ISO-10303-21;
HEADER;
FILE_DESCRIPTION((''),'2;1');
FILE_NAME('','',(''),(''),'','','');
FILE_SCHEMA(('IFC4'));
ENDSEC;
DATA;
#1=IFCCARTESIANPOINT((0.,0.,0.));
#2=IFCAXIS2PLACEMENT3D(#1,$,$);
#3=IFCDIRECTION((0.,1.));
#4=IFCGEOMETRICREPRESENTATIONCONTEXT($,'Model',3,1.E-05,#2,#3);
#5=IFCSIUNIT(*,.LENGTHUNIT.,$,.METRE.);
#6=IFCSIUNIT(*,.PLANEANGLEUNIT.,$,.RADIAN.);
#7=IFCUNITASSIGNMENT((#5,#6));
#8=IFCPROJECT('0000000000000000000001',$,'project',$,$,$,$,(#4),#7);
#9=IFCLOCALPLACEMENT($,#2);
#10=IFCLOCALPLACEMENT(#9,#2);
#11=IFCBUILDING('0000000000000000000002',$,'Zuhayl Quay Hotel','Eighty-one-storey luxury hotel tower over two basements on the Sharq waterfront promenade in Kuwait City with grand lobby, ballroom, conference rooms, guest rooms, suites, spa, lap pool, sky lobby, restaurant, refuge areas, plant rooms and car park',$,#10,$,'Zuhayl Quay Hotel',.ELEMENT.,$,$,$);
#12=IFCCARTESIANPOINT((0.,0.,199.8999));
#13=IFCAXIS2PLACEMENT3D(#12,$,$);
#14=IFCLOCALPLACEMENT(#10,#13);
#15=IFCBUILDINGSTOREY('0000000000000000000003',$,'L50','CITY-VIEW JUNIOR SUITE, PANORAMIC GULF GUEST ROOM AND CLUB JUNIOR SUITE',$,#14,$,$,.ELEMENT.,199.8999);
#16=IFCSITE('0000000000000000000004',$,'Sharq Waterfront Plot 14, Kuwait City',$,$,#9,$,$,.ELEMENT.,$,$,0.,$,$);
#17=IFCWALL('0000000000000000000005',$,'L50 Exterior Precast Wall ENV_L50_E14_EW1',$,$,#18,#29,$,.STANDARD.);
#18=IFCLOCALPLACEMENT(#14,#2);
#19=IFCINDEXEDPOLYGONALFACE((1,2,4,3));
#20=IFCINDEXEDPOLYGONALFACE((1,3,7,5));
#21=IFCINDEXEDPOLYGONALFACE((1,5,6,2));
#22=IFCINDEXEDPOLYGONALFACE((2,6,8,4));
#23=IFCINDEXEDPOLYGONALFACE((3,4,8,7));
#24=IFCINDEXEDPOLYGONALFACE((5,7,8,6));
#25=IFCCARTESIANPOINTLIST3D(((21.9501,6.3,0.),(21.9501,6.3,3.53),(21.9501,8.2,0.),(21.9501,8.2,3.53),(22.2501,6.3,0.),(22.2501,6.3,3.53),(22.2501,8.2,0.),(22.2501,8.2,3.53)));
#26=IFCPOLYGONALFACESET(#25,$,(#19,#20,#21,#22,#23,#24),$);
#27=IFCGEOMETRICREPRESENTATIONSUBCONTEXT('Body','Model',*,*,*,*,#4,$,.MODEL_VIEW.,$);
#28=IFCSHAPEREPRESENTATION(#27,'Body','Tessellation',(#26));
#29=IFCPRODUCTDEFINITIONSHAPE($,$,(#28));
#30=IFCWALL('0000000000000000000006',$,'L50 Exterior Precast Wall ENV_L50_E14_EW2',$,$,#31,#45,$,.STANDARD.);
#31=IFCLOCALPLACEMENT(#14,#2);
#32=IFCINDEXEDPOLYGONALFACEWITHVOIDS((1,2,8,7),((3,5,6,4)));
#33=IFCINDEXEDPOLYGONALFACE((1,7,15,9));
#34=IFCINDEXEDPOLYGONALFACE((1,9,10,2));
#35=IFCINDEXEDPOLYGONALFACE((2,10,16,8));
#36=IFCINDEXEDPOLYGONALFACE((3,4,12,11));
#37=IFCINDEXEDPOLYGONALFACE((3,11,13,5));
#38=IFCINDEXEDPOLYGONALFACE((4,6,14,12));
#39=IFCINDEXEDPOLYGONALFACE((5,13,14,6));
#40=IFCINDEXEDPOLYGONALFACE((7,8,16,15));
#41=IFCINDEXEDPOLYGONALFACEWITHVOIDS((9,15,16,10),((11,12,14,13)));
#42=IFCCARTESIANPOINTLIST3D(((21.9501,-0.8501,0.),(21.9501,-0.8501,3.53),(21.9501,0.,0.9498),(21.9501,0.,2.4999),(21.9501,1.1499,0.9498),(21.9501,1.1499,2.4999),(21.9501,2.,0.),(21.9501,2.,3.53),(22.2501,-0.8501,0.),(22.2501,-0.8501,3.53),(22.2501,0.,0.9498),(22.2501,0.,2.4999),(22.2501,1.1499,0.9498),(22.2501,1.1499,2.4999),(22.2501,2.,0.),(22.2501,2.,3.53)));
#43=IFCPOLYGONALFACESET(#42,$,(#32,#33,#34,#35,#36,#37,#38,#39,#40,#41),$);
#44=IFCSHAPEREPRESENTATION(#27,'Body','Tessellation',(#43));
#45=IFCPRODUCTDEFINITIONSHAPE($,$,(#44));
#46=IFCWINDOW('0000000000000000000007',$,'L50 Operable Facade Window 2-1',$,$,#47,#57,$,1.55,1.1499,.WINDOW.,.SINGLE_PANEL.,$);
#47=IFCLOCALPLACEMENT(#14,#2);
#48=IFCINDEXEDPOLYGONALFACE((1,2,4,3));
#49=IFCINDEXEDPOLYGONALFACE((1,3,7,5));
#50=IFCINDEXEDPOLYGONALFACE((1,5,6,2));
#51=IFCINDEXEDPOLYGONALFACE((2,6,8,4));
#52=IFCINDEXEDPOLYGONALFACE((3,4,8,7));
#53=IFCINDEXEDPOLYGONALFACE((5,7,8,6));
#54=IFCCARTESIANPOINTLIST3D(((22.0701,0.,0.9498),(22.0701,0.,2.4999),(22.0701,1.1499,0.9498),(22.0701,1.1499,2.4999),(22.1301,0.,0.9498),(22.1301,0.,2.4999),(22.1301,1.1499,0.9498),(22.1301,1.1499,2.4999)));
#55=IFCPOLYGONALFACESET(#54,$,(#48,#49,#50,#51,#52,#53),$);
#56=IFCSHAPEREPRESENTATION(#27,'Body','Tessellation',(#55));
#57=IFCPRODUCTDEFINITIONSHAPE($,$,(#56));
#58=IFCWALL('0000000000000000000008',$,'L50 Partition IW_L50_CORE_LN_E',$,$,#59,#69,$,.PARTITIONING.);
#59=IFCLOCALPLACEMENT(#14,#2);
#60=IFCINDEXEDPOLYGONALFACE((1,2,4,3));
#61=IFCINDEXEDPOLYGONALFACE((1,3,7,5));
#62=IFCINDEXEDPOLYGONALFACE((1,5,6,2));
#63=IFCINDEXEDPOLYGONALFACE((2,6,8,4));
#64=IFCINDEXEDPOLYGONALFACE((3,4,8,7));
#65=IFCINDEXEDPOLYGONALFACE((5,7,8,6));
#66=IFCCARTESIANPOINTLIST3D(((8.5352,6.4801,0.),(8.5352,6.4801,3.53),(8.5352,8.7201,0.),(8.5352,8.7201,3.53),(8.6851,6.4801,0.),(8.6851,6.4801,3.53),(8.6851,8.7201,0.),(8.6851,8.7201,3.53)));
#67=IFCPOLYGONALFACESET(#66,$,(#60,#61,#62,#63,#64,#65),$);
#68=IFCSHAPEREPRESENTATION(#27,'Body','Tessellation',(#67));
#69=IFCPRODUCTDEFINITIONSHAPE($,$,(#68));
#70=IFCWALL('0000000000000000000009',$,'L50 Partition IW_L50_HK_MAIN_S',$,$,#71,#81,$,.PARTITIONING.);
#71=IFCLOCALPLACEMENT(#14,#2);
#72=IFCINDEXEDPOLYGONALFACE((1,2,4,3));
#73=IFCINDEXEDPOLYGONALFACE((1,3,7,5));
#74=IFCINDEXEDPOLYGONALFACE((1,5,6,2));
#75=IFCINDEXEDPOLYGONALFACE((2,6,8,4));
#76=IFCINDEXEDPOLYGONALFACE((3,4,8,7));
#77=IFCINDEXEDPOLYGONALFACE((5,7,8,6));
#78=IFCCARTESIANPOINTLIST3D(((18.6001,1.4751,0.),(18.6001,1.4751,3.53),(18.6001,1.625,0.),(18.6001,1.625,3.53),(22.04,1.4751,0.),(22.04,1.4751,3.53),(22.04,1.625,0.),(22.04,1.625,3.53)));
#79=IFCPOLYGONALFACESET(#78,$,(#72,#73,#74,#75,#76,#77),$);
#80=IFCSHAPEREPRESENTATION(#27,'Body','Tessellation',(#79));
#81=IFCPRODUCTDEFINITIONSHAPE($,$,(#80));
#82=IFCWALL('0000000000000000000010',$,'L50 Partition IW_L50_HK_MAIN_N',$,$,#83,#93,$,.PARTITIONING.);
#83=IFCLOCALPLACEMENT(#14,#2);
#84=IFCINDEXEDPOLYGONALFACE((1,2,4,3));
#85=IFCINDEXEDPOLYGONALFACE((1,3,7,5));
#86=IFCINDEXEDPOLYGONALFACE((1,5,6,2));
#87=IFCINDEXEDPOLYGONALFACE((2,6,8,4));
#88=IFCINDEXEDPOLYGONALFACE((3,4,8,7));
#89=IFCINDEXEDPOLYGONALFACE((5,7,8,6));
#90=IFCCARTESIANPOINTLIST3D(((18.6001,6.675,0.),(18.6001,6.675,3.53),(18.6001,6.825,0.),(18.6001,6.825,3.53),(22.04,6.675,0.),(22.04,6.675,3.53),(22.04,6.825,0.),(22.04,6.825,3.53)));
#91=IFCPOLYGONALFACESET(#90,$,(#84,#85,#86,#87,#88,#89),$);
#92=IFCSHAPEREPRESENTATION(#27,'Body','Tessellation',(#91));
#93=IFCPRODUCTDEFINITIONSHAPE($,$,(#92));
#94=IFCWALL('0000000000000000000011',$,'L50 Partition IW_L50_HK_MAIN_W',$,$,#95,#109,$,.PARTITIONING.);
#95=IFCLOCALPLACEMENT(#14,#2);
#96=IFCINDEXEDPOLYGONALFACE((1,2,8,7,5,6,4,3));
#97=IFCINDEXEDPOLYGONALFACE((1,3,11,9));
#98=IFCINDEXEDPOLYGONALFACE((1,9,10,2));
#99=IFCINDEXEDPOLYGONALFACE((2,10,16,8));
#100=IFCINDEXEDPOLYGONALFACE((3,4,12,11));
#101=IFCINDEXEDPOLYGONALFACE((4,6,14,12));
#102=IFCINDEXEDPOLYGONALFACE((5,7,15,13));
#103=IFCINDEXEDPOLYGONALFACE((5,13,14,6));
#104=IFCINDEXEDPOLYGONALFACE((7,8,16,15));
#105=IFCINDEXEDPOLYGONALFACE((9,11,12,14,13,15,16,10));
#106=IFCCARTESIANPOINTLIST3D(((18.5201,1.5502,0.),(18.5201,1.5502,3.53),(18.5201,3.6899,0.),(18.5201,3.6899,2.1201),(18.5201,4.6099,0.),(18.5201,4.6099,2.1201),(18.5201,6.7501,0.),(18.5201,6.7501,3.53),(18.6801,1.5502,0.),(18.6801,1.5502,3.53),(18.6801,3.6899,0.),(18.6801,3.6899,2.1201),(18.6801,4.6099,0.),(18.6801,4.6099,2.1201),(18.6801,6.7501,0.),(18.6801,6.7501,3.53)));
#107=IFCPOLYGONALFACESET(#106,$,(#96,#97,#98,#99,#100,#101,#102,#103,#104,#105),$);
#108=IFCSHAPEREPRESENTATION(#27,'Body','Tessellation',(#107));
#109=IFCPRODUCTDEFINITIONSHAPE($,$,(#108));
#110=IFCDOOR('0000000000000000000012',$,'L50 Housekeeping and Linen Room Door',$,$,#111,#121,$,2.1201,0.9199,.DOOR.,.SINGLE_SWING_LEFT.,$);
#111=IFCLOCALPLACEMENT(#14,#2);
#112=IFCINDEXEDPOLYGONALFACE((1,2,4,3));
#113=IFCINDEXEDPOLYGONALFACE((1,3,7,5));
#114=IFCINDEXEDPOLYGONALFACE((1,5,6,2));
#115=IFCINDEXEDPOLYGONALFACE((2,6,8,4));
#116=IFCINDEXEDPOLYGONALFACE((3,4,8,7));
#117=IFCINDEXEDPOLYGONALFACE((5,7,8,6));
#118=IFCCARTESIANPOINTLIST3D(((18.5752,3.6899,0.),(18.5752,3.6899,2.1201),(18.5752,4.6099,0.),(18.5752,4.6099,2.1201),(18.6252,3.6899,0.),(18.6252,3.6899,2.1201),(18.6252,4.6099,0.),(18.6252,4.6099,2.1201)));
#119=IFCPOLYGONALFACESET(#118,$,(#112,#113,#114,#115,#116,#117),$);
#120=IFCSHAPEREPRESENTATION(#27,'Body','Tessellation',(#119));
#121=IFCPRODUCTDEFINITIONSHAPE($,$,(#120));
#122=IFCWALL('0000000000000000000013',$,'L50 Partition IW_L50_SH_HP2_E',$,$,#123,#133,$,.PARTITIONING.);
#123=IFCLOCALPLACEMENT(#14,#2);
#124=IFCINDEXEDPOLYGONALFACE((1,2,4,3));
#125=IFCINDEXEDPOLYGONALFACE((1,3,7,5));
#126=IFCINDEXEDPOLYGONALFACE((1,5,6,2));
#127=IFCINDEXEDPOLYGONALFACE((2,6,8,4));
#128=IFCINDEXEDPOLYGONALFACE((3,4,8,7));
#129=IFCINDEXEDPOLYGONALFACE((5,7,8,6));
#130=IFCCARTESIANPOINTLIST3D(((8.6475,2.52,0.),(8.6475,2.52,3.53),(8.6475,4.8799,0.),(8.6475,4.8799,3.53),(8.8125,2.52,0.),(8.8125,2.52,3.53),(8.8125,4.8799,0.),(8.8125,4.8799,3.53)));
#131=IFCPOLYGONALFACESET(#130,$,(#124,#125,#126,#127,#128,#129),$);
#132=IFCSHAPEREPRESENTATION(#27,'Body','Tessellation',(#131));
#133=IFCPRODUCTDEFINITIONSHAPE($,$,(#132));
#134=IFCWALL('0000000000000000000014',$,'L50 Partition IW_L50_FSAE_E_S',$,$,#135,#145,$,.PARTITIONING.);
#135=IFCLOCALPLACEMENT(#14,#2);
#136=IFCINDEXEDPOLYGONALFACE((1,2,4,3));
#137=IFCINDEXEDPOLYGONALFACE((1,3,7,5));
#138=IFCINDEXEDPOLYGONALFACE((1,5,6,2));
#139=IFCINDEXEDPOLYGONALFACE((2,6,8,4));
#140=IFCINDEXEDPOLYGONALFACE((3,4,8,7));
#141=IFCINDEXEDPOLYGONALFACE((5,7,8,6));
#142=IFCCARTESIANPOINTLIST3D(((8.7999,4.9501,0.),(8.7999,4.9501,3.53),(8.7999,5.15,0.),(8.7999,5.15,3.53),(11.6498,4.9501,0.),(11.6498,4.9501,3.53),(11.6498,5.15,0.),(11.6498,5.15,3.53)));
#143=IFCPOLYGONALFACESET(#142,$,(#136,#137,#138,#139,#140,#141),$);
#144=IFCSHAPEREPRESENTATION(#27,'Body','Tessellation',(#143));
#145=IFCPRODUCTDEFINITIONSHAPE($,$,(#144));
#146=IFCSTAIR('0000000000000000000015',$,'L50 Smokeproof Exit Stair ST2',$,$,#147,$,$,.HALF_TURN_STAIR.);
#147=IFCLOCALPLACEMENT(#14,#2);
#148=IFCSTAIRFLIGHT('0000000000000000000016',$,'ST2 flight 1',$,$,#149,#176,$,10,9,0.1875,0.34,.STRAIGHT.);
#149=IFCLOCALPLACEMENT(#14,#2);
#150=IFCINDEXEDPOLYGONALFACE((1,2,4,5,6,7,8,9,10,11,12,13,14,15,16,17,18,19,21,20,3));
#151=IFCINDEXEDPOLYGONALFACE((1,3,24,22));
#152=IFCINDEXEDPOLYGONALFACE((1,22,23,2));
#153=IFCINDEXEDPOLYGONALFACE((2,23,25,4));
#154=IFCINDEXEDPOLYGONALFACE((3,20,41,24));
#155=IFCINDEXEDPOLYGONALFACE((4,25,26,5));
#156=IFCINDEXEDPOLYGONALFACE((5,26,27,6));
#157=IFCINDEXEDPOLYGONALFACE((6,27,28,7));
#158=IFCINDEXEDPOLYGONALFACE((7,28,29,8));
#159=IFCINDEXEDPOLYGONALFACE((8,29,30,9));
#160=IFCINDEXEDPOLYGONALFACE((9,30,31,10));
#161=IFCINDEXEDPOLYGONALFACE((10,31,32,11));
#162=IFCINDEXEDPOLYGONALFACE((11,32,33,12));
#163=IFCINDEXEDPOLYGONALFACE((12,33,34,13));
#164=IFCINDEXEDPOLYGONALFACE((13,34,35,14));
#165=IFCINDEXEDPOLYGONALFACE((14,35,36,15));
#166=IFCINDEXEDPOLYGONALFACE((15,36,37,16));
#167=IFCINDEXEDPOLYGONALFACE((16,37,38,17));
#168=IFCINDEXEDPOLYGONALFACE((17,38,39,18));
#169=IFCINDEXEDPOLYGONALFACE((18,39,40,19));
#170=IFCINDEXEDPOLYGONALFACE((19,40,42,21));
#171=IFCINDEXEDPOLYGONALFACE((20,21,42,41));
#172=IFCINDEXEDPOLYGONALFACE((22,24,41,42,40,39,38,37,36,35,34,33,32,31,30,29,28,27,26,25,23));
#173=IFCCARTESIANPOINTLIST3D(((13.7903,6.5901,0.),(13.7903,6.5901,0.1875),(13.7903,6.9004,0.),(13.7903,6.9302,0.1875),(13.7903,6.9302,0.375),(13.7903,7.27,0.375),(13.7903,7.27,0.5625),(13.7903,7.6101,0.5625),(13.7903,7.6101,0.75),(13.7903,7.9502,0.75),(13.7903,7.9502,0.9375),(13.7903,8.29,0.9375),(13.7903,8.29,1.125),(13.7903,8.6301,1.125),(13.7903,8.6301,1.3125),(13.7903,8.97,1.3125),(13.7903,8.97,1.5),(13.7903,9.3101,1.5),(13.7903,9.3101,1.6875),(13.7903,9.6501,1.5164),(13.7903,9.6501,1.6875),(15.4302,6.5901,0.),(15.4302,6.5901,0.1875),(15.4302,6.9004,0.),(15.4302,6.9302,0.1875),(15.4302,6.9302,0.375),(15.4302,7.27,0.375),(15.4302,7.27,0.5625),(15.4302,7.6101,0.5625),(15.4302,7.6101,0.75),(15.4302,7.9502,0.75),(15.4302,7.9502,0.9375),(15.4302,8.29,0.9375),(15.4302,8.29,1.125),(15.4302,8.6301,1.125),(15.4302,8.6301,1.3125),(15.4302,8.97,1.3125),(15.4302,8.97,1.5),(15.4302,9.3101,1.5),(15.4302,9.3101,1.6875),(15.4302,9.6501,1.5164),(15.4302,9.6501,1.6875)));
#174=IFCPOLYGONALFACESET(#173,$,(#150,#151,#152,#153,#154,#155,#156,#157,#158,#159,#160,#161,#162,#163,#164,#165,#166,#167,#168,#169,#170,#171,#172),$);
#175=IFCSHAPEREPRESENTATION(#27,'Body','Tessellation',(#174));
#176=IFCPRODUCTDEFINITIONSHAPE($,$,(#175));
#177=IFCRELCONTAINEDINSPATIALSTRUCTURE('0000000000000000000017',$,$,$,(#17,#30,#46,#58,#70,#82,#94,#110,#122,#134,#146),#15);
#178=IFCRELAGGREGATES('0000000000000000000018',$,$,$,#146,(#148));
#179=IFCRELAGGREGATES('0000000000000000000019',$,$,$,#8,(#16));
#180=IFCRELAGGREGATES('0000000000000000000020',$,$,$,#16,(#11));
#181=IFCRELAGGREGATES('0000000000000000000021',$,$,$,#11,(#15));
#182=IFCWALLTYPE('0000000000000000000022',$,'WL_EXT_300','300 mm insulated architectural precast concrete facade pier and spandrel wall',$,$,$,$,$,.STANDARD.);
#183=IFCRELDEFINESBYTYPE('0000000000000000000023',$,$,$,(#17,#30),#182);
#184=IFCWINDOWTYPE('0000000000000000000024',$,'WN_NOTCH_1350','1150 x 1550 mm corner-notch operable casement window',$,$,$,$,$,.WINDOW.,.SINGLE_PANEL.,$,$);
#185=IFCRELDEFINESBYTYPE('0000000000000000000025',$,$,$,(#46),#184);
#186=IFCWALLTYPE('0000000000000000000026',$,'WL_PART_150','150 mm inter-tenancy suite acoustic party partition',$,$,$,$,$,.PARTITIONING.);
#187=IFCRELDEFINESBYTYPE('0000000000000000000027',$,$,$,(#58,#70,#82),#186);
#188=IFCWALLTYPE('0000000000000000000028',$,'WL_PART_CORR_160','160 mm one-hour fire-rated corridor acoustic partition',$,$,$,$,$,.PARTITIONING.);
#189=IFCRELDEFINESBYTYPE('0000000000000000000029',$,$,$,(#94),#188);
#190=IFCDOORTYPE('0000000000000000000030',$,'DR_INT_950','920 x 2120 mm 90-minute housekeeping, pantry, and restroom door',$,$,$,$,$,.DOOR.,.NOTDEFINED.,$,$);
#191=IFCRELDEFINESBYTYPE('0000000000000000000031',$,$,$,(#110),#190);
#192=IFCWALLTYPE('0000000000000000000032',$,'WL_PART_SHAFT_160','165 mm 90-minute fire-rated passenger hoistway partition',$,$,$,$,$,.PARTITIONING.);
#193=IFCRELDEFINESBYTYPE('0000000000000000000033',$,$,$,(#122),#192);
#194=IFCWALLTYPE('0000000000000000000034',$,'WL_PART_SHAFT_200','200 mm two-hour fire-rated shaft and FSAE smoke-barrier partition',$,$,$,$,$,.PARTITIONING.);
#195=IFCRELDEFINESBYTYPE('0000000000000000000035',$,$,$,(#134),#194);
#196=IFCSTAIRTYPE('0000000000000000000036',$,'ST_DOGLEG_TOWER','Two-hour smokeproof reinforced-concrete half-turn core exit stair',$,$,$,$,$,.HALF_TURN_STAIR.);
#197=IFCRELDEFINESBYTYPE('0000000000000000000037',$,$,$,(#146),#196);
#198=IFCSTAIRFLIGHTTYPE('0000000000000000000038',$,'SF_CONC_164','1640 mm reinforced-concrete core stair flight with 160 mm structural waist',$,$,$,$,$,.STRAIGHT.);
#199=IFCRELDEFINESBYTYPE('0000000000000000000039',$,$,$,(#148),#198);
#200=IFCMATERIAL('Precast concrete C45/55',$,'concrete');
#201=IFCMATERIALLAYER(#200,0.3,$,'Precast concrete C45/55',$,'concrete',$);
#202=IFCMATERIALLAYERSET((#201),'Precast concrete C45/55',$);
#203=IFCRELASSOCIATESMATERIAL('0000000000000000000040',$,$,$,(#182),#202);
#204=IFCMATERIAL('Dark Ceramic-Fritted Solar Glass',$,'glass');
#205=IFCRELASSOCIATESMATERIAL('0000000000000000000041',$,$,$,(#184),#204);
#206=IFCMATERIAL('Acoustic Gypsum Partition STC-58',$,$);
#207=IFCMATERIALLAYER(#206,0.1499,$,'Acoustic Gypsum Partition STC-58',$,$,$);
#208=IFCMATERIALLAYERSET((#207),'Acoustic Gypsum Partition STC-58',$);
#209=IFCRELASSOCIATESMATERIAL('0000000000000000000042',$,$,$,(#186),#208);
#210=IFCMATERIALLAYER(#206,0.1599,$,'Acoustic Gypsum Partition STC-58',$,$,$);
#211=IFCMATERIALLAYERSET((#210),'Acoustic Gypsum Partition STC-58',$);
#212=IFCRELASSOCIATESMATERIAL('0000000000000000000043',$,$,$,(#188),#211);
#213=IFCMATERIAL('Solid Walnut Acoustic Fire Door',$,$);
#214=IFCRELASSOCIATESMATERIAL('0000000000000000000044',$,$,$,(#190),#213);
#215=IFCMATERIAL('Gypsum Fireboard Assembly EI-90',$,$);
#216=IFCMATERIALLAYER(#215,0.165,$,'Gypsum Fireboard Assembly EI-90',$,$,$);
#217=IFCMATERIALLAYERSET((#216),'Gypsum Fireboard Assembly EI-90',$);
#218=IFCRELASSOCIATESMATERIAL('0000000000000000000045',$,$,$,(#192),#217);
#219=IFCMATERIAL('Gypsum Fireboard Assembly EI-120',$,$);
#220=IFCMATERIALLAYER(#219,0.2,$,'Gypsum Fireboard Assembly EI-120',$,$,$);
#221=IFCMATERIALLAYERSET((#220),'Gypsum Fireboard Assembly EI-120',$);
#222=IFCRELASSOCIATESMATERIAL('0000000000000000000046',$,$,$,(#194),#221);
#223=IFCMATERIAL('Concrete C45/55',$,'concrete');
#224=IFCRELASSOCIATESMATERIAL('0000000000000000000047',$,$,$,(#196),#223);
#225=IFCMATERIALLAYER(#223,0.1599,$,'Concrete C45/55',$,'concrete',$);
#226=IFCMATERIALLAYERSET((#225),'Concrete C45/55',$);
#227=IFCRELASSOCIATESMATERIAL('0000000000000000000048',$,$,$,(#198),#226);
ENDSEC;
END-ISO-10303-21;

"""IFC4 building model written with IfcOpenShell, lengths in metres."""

from ifc_helpers import new_model, si_unit, direction, frame, frame_2d, origin, place, context, subcontext, project, spatial, polyline, rectangle, outline, extrude, material, layer, layer_set, type_object, element, fill, aggregate, save


model = new_model("IFC4")

# Units and contexts
model_context = context("Model", 3, precision=1e-05, world=origin(), true_north=direction((0.0, 1.0)))
body_context = subcontext(model_context, "Body", "Model", "MODEL_VIEW")
ifc_project = project(units=[si_unit("LENGTHUNIT", "METRE"), si_unit("PLANEANGLEUNIT", "RADIAN")], contexts=[model_context])

# Site, building, storey
site_placement = place(None, origin())
site = spatial("IfcSite", under=ifc_project, at=site_placement, Name="Sharq Waterfront Plot 14, Kuwait City", CompositionType="ELEMENT", RefElevation=0.0)
building_placement = place(site_placement, origin())
building = spatial("IfcBuilding", under=site, at=building_placement, Name="Zuhayl Quay Hotel", Description="Eighty-one-storey luxury hotel tower over two basements on the Sharq waterfront promenade in Kuwait City with grand lobby, ballroom, conference rooms, guest rooms, suites, spa, lap pool, sky lobby, restaurant, refuge areas, plant rooms and car park", LongName="Zuhayl Quay Hotel", CompositionType="ELEMENT")
storey_placement = place(building_placement, frame((0.0, 0.0, 199.8999)))
storey = spatial("IfcBuildingStorey", under=building, at=storey_placement, Name="L50", Description="CITY-VIEW JUNIOR SUITE, PANORAMIC GULF GUEST ROOM AND CLUB JUNIOR SUITE", CompositionType="ELEMENT", Elevation=199.8999)

# Shared definitions
ifc_material_1 = material(Name="Dark Ceramic-Fritted Solar Glass", Category="glass")

# Wall
ifc_material_2 = material(Name="Precast concrete C45/55", Category="concrete")
ifc_layer_1 = layer(ifc_material_2, 0.3, Name="Precast concrete C45/55", Category="concrete")
ifc_layer_set_1 = layer_set([ifc_layer_1], Name="Precast concrete C45/55")
wall_type_1 = type_object("IfcWallType", Name="WL_EXT_300", Description="300 mm insulated architectural precast concrete facade pier and spandrel wall", PredefinedType="STANDARD", material=ifc_layer_set_1)
wall_1_placement = place(storey_placement, frame((22.1001, 8.2, 0.0), z_axis=(0.0, 0.0, 1.0), x_axis=(0.0, -1.0, 0.0)))
element("IfcWall", 1, at=wall_1_placement, inside=storey, type_object=wall_type_1, Name="L50 Exterior Precast Wall ENV_L50_E14_EW1", PredefinedType="STANDARD", context=body_context, shape_type="SweptSolid", body=[
    extrude(rectangle(XDim=1.8999, YDim=0.3, at=frame_2d((0.95, 0.0))), origin(), (0.0, 0.0, 1.0), 3.53),
])

# Wall, opening, window
wall_2_placement = place(storey_placement, frame((22.1001, 2.0, 0.0), z_axis=(0.0, 0.0, 1.0), x_axis=(0.0, -1.0, 0.0)))
wall_2 = element("IfcWall", 2, at=wall_2_placement, inside=storey, type_object=wall_type_1, Name="L50 Exterior Precast Wall ENV_L50_E14_EW2", PredefinedType="STANDARD", context=body_context, shape_type="SweptSolid", body=[
    extrude(rectangle(XDim=2.8501, YDim=0.3, at=frame_2d((1.425, 0.0))), origin(), (0.0, 0.0, 1.0), 3.53),
])
opening_1_placement = place(wall_2_placement, frame((0.8501, 0.0, 0.95)))
opening_1 = element("IfcOpeningElement", 3, at=opening_1_placement, cuts=wall_2, PredefinedType="OPENING", context=body_context, shape_type="SweptSolid", body=[
    extrude(rectangle(XDim=1.1499, YDim=1.55, at=frame_2d((0.575, 0.7749))), frame((0.0, 0.1599, 0.0), z_axis=(0.0, -1.0, 0.0), x_axis=(1.0, 0.0, 0.0)), (0.0, 0.0, 1.0), 0.3201),
])
window_type = type_object("IfcWindowType", Name="WN_NOTCH_1350", Description="1150 x 1550 mm corner-notch operable casement window", PartitioningType="SINGLE_PANEL", PredefinedType="WINDOW", material=ifc_material_1)
window_placement = place(opening_1_placement, origin())
window = element("IfcWindow", 4, at=window_placement, inside=storey, type_object=window_type, Name="L50 Operable Facade Window 2-1", OverallHeight=1.55, OverallWidth=1.1499, PartitioningType="SINGLE_PANEL", PredefinedType="WINDOW", context=body_context, shape_type="SweptSolid", body=[
    extrude(rectangle(XDim=1.1499, YDim=1.55, at=frame_2d((0.575, 0.7749))), frame((0.0, 0.03, 0.0), z_axis=(0.0, -1.0, 0.0), x_axis=(1.0, 0.0, 0.0)), (0.0, 0.0, 1.0), 0.0601),
])
fill(opening_1, window)

# Walls
ifc_material_3 = material(Name="Acoustic Gypsum Partition STC-58")
ifc_layer_2 = layer(ifc_material_3, 0.1499, Name="Acoustic Gypsum Partition STC-58")
ifc_layer_set_2 = layer_set([ifc_layer_2], Name="Acoustic Gypsum Partition STC-58")
wall_type_2 = type_object("IfcWallType", Name="WL_PART_150", Description="150 mm inter-tenancy suite acoustic party partition", PredefinedType="PARTITIONING", material=ifc_layer_set_2)
wall_3_placement = place(storey_placement, frame((8.6101, 6.48, 0.0), z_axis=(0.0, 0.0, 1.0), x_axis=(0.0, 1.0, 0.0)))
element("IfcWall", 5, at=wall_3_placement, inside=storey, type_object=wall_type_2, Name="L50 Partition IW_L50_CORE_LN_E", PredefinedType="PARTITIONING", context=body_context, shape_type="SweptSolid", body=[
    extrude(rectangle(XDim=2.24, YDim=0.1499, at=frame_2d((1.1201, 0.0))), origin(), (0.0, 0.0, 1.0), 3.53),
])
for number, where, z_axis, x_axis, name in (
    (6, (18.6001, 1.55, 0.0), (0.0, 0.0, 1.0), (1.0, 0.0, 0.0), "L50 Partition IW_L50_HK_MAIN_S"),
    (7, (18.6001, 6.75, 0.0), (0.0, 0.0, 1.0), (1.0, 0.0, 0.0), "L50 Partition IW_L50_HK_MAIN_N"),
):
    element("IfcWall", number, at=place(storey_placement, frame(where, z_axis=z_axis, x_axis=x_axis)), inside=storey, type_object=wall_type_2, Name=name, PredefinedType="PARTITIONING", context=body_context, shape_type="SweptSolid", body=[
        extrude(rectangle(XDim=3.4399, YDim=0.1499, at=frame_2d((1.72, 0.0))), origin(), (0.0, 0.0, 1.0), 3.53),
    ])

# Wall, opening, door
ifc_layer_3 = layer(ifc_material_3, 0.1599, Name="Acoustic Gypsum Partition STC-58")
ifc_layer_set_3 = layer_set([ifc_layer_3], Name="Acoustic Gypsum Partition STC-58")
wall_type_3 = type_object("IfcWallType", Name="WL_PART_CORR_160", Description="160 mm one-hour fire-rated corridor acoustic partition", PredefinedType="PARTITIONING", material=ifc_layer_set_3)
wall_4_placement = place(storey_placement, frame((18.6001, 1.55, 0.0), z_axis=(0.0, 0.0, 1.0), x_axis=(0.0, 1.0, 0.0)))
wall_4 = element("IfcWall", 8, at=wall_4_placement, inside=storey, type_object=wall_type_3, Name="L50 Partition IW_L50_HK_MAIN_W", PredefinedType="PARTITIONING", context=body_context, shape_type="SweptSolid", body=[
    extrude(rectangle(XDim=5.2, YDim=0.1599, at=frame_2d((2.6001, 0.0))), origin(), (0.0, 0.0, 1.0), 3.53),
])
opening_2_placement = place(wall_4_placement, frame((2.1399, 0.0, 0.0)))
opening_2 = element("IfcOpeningElement", 9, at=opening_2_placement, cuts=wall_4, PredefinedType="OPENING", context=body_context, shape_type="SweptSolid", body=[
    extrude(rectangle(XDim=0.9199, YDim=2.1201, at=frame_2d((0.46, 1.0601))), frame((0.0, 0.0898, 0.0), z_axis=(0.0, -1.0, 0.0), x_axis=(1.0, 0.0, 0.0)), (0.0, 0.0, 1.0), 0.1799),
])
ifc_material_4 = material(Name="Solid Walnut Acoustic Fire Door")
door_type = type_object("IfcDoorType", Name="DR_INT_950", Description="920 x 2120 mm 90-minute housekeeping, pantry, and restroom door", OperationType="NOTDEFINED", PredefinedType="DOOR", material=ifc_material_4)
door_1_placement = place(opening_2_placement, origin())
door_1 = element("IfcDoor", 10, at=door_1_placement, inside=storey, type_object=door_type, Name="L50 Housekeeping and Linen Room Door", OperationType="SINGLE_SWING_LEFT", OverallHeight=2.1201, OverallWidth=0.9199, PredefinedType="DOOR", context=body_context, shape_type="SweptSolid", body=[
    extrude(rectangle(XDim=0.9199, YDim=2.1201, at=frame_2d((0.46, 1.0601))), frame((0.0, 0.0249, 0.0), z_axis=(0.0, -1.0, 0.0), x_axis=(1.0, 0.0, 0.0)), (0.0, 0.0, 1.0), 0.05),
])
fill(opening_2, door_1)

# Walls
ifc_material_5 = material(Name="Gypsum Fireboard Assembly EI-90")
ifc_layer_4 = layer(ifc_material_5, 0.165, Name="Gypsum Fireboard Assembly EI-90")
ifc_layer_set_4 = layer_set([ifc_layer_4], Name="Gypsum Fireboard Assembly EI-90")
wall_type_4 = type_object("IfcWallType", Name="WL_PART_SHAFT_160", Description="165 mm 90-minute fire-rated passenger hoistway partition", PredefinedType="PARTITIONING", material=ifc_layer_set_4)
wall_5_placement = place(storey_placement, frame((8.73, 2.52, 0.0), z_axis=(0.0, 0.0, 1.0), x_axis=(0.0, 1.0, 0.0)))
element("IfcWall", 11, at=wall_5_placement, inside=storey, type_object=wall_type_4, Name="L50 Partition IW_L50_SH_HP2_E", PredefinedType="PARTITIONING", context=body_context, shape_type="SweptSolid", body=[
    extrude(rectangle(XDim=2.3599, YDim=0.165, at=frame_2d((1.1799, 0.0))), origin(), (0.0, 0.0, 1.0), 3.53),
])
ifc_material_6 = material(Name="Gypsum Fireboard Assembly EI-120")
ifc_layer_5 = layer(ifc_material_6, 0.2, Name="Gypsum Fireboard Assembly EI-120")
ifc_layer_set_5 = layer_set([ifc_layer_5], Name="Gypsum Fireboard Assembly EI-120")
wall_type_5 = type_object("IfcWallType", Name="WL_PART_SHAFT_200", Description="200 mm two-hour fire-rated shaft and FSAE smoke-barrier partition", PredefinedType="PARTITIONING", material=ifc_layer_set_5)
wall_6_placement = place(storey_placement, frame((8.8, 5.05, 0.0), z_axis=(0.0, 0.0, 1.0), x_axis=(1.0, 0.0, 0.0)))
element("IfcWall", 12, at=wall_6_placement, inside=storey, type_object=wall_type_5, Name="L50 Partition IW_L50_FSAE_E_S", PredefinedType="PARTITIONING", context=body_context, shape_type="SweptSolid", body=[
    extrude(rectangle(XDim=2.8499, YDim=0.2, at=frame_2d((1.4248, 0.0))), origin(), (0.0, 0.0, 1.0), 3.53),
])

# Stair, stair flight
ifc_material_7 = material(Name="Concrete C45/55", Category="concrete")
stair_type = type_object("IfcStairType", Name="ST_DOGLEG_TOWER", Description="Two-hour smokeproof reinforced-concrete half-turn core exit stair", PredefinedType="HALF_TURN_STAIR", material=ifc_material_7)
stair_placement = place(storey_placement, origin())
stair = element("IfcStair", 13, at=stair_placement, inside=storey, type_object=stair_type, Name="L50 Smokeproof Exit Stair ST2", PredefinedType="HALF_TURN_STAIR")
ifc_layer_6 = layer(ifc_material_7, 0.1599, Name="Concrete C45/55", Category="concrete")
ifc_layer_set_6 = layer_set([ifc_layer_6], Name="Concrete C45/55")
stair_flight_type = type_object("IfcStairFlightType", Name="SF_CONC_164", Description="1640 mm reinforced-concrete core stair flight with 160 mm structural waist", PredefinedType="STRAIGHT", material=ifc_layer_set_6)
stair_flight_placement = place(storey_placement, frame((14.6101, 6.5901, 0.0), z_axis=(0.0, 0.0, 1.0), x_axis=(0.0, 1.0, 0.0)))
stair_flight = element("IfcStairFlight", 14, at=stair_flight_placement, type_object=stair_flight_type, Name="ST2 flight 1", NumberOfRisers=10, NumberOfTreads=9, PredefinedType="STRAIGHT", RiserHeight=0.1875, TreadLength=0.34, context=body_context, shape_type="SweptSolid", body=[
    extrude(outline(polyline([(0.0, 0.0), (0.0, 0.1875), (0.3401, 0.1875), (0.3401, 0.375), (0.6799, 0.375), (0.6799, 0.5625), (1.02, 0.5625), (1.02, 0.75), (1.3601, 0.75), (1.3601, 0.9375), (1.7, 0.9375), (1.7, 1.125), (2.04, 1.125), (2.04, 1.3125), (2.3799, 1.3125), (2.3799, 1.5), (2.72, 1.5), (2.72, 1.6875), (3.0601, 1.6875), (3.0601, 1.875), (3.0601, 1.5164), (0.3103, 0.0), (0.0, 0.0)])), frame((0.0, 0.8198, 0.0), z_axis=(0.0, -1.0, 0.0), x_axis=(1.0, 0.0, 0.0)), (0.0, 0.0, 1.0), 1.6399),
])
aggregate(stair, [stair_flight])

save(model, "model.ifc")
